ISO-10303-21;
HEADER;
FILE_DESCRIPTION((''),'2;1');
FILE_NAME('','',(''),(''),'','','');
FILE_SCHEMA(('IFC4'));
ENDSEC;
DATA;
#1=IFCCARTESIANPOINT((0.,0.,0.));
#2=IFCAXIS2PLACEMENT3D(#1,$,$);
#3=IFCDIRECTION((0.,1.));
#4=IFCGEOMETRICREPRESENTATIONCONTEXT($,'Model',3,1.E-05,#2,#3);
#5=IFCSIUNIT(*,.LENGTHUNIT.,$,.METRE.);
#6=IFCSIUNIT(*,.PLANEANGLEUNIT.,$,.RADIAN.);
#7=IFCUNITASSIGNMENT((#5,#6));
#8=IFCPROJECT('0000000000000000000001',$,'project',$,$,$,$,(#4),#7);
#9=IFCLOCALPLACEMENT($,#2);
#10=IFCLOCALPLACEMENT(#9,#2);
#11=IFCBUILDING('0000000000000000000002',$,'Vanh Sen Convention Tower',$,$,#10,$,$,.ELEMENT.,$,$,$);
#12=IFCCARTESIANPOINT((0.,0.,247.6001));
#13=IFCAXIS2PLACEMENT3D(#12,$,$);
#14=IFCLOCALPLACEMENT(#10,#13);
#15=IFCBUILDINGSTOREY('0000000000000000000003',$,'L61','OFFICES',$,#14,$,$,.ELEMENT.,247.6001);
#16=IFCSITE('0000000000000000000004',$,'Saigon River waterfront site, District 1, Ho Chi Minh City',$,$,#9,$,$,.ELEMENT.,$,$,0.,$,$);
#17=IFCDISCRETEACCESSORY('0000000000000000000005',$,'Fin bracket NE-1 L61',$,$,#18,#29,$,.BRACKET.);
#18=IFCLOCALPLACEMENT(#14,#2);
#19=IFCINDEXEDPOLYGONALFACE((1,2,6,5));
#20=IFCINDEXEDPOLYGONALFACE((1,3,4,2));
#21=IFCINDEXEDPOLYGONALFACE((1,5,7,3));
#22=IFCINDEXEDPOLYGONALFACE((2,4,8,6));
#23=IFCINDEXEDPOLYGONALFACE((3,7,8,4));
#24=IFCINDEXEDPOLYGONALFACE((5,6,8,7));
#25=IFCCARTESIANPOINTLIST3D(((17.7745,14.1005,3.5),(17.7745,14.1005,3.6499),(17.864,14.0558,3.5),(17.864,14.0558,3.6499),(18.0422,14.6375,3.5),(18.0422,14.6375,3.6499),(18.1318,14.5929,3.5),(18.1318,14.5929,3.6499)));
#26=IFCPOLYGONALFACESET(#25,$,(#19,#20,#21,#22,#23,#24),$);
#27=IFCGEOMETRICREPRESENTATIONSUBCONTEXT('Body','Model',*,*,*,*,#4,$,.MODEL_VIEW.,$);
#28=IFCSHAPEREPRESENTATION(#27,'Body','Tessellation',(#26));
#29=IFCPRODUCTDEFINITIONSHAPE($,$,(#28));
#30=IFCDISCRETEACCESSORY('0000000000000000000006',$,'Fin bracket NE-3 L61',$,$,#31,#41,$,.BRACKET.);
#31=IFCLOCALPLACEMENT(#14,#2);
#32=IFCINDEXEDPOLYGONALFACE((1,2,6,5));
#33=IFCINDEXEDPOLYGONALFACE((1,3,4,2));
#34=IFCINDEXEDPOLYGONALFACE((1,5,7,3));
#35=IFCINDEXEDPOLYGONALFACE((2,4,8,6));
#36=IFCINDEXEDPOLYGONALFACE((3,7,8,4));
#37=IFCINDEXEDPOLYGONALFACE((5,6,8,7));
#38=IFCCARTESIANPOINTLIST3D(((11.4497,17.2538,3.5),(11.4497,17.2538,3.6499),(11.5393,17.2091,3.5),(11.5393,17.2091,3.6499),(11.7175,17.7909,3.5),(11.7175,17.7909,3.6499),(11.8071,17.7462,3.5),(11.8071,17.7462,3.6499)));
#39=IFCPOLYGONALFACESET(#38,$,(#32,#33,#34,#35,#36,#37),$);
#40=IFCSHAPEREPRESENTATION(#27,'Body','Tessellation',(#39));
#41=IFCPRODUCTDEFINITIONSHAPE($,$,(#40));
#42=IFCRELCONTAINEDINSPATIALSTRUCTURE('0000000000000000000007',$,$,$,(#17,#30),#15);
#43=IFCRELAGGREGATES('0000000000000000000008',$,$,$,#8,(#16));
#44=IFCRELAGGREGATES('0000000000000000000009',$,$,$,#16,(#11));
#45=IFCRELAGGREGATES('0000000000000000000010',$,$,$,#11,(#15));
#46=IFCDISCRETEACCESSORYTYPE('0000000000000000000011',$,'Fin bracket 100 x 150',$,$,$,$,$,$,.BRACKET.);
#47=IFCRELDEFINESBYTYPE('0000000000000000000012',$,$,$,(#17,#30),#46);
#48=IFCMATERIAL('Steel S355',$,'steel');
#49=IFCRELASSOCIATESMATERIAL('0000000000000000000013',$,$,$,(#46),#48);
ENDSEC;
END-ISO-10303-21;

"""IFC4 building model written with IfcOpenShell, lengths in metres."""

from ifc_helpers import new_model, si_unit, direction, frame, origin, origin_2d, place, context, subcontext, project, spatial, rectangle, extrude, material, type_object, element, save


model = new_model("IFC4")

# Units and contexts
model_context = context("Model", 3, precision=1e-05, world=origin(), true_north=direction((0.0, 1.0)))
body_context = subcontext(model_context, "Body", "Model", "MODEL_VIEW")
ifc_project = project(units=[si_unit("LENGTHUNIT", "METRE"), si_unit("PLANEANGLEUNIT", "RADIAN")], contexts=[model_context])

# Site, building, storey
site_placement = place(None, origin())
site = spatial("IfcSite", under=ifc_project, at=site_placement, Name="Saigon River waterfront site, District 1, Ho Chi Minh City", CompositionType="ELEMENT", RefElevation=0.0)
building_placement = place(site_placement, origin())
building = spatial("IfcBuilding", under=site, at=building_placement, Name="Vanh Sen Convention Tower", CompositionType="ELEMENT")
storey_placement = place(building_placement, frame((0.0, 0.0, 247.6001)))
storey = spatial("IfcBuildingStorey", under=building, at=storey_placement, Name="L61", Description="OFFICES", CompositionType="ELEMENT", Elevation=247.6001)

# Discrete accessories
ifc_material_1 = material(Name="Steel S355", Category="steel")
discrete_accessory_type = type_object("IfcDiscreteAccessoryType", Name="Fin bracket 100 x 150", PredefinedType="BRACKET", material=ifc_material_1)
for number, where, z_axis, x_axis, name in (
    (1, (17.9531, 14.3467, 3.5), (0.0, 0.0, 1.0), (0.446198, 0.894934, 0.0), "Fin bracket NE-1 L61"),
    (2, (11.6284, 17.5, 3.5), (0.0, 0.0, 1.0), (0.446198, 0.894934, 0.0), "Fin bracket NE-3 L61"),
):
    element("IfcDiscreteAccessory", number, at=place(storey_placement, frame(where, z_axis=z_axis, x_axis=x_axis)), inside=storey, type_object=discrete_accessory_type, Name=name, PredefinedType="BRACKET", context=body_context, shape_type="SweptSolid", body=[
        extrude(rectangle(XDim=0.6001, YDim=0.1001, at=origin_2d()), origin(), (0.0, 0.0, 1.0), 0.1499),
    ])

save(model, "model.ifc")
